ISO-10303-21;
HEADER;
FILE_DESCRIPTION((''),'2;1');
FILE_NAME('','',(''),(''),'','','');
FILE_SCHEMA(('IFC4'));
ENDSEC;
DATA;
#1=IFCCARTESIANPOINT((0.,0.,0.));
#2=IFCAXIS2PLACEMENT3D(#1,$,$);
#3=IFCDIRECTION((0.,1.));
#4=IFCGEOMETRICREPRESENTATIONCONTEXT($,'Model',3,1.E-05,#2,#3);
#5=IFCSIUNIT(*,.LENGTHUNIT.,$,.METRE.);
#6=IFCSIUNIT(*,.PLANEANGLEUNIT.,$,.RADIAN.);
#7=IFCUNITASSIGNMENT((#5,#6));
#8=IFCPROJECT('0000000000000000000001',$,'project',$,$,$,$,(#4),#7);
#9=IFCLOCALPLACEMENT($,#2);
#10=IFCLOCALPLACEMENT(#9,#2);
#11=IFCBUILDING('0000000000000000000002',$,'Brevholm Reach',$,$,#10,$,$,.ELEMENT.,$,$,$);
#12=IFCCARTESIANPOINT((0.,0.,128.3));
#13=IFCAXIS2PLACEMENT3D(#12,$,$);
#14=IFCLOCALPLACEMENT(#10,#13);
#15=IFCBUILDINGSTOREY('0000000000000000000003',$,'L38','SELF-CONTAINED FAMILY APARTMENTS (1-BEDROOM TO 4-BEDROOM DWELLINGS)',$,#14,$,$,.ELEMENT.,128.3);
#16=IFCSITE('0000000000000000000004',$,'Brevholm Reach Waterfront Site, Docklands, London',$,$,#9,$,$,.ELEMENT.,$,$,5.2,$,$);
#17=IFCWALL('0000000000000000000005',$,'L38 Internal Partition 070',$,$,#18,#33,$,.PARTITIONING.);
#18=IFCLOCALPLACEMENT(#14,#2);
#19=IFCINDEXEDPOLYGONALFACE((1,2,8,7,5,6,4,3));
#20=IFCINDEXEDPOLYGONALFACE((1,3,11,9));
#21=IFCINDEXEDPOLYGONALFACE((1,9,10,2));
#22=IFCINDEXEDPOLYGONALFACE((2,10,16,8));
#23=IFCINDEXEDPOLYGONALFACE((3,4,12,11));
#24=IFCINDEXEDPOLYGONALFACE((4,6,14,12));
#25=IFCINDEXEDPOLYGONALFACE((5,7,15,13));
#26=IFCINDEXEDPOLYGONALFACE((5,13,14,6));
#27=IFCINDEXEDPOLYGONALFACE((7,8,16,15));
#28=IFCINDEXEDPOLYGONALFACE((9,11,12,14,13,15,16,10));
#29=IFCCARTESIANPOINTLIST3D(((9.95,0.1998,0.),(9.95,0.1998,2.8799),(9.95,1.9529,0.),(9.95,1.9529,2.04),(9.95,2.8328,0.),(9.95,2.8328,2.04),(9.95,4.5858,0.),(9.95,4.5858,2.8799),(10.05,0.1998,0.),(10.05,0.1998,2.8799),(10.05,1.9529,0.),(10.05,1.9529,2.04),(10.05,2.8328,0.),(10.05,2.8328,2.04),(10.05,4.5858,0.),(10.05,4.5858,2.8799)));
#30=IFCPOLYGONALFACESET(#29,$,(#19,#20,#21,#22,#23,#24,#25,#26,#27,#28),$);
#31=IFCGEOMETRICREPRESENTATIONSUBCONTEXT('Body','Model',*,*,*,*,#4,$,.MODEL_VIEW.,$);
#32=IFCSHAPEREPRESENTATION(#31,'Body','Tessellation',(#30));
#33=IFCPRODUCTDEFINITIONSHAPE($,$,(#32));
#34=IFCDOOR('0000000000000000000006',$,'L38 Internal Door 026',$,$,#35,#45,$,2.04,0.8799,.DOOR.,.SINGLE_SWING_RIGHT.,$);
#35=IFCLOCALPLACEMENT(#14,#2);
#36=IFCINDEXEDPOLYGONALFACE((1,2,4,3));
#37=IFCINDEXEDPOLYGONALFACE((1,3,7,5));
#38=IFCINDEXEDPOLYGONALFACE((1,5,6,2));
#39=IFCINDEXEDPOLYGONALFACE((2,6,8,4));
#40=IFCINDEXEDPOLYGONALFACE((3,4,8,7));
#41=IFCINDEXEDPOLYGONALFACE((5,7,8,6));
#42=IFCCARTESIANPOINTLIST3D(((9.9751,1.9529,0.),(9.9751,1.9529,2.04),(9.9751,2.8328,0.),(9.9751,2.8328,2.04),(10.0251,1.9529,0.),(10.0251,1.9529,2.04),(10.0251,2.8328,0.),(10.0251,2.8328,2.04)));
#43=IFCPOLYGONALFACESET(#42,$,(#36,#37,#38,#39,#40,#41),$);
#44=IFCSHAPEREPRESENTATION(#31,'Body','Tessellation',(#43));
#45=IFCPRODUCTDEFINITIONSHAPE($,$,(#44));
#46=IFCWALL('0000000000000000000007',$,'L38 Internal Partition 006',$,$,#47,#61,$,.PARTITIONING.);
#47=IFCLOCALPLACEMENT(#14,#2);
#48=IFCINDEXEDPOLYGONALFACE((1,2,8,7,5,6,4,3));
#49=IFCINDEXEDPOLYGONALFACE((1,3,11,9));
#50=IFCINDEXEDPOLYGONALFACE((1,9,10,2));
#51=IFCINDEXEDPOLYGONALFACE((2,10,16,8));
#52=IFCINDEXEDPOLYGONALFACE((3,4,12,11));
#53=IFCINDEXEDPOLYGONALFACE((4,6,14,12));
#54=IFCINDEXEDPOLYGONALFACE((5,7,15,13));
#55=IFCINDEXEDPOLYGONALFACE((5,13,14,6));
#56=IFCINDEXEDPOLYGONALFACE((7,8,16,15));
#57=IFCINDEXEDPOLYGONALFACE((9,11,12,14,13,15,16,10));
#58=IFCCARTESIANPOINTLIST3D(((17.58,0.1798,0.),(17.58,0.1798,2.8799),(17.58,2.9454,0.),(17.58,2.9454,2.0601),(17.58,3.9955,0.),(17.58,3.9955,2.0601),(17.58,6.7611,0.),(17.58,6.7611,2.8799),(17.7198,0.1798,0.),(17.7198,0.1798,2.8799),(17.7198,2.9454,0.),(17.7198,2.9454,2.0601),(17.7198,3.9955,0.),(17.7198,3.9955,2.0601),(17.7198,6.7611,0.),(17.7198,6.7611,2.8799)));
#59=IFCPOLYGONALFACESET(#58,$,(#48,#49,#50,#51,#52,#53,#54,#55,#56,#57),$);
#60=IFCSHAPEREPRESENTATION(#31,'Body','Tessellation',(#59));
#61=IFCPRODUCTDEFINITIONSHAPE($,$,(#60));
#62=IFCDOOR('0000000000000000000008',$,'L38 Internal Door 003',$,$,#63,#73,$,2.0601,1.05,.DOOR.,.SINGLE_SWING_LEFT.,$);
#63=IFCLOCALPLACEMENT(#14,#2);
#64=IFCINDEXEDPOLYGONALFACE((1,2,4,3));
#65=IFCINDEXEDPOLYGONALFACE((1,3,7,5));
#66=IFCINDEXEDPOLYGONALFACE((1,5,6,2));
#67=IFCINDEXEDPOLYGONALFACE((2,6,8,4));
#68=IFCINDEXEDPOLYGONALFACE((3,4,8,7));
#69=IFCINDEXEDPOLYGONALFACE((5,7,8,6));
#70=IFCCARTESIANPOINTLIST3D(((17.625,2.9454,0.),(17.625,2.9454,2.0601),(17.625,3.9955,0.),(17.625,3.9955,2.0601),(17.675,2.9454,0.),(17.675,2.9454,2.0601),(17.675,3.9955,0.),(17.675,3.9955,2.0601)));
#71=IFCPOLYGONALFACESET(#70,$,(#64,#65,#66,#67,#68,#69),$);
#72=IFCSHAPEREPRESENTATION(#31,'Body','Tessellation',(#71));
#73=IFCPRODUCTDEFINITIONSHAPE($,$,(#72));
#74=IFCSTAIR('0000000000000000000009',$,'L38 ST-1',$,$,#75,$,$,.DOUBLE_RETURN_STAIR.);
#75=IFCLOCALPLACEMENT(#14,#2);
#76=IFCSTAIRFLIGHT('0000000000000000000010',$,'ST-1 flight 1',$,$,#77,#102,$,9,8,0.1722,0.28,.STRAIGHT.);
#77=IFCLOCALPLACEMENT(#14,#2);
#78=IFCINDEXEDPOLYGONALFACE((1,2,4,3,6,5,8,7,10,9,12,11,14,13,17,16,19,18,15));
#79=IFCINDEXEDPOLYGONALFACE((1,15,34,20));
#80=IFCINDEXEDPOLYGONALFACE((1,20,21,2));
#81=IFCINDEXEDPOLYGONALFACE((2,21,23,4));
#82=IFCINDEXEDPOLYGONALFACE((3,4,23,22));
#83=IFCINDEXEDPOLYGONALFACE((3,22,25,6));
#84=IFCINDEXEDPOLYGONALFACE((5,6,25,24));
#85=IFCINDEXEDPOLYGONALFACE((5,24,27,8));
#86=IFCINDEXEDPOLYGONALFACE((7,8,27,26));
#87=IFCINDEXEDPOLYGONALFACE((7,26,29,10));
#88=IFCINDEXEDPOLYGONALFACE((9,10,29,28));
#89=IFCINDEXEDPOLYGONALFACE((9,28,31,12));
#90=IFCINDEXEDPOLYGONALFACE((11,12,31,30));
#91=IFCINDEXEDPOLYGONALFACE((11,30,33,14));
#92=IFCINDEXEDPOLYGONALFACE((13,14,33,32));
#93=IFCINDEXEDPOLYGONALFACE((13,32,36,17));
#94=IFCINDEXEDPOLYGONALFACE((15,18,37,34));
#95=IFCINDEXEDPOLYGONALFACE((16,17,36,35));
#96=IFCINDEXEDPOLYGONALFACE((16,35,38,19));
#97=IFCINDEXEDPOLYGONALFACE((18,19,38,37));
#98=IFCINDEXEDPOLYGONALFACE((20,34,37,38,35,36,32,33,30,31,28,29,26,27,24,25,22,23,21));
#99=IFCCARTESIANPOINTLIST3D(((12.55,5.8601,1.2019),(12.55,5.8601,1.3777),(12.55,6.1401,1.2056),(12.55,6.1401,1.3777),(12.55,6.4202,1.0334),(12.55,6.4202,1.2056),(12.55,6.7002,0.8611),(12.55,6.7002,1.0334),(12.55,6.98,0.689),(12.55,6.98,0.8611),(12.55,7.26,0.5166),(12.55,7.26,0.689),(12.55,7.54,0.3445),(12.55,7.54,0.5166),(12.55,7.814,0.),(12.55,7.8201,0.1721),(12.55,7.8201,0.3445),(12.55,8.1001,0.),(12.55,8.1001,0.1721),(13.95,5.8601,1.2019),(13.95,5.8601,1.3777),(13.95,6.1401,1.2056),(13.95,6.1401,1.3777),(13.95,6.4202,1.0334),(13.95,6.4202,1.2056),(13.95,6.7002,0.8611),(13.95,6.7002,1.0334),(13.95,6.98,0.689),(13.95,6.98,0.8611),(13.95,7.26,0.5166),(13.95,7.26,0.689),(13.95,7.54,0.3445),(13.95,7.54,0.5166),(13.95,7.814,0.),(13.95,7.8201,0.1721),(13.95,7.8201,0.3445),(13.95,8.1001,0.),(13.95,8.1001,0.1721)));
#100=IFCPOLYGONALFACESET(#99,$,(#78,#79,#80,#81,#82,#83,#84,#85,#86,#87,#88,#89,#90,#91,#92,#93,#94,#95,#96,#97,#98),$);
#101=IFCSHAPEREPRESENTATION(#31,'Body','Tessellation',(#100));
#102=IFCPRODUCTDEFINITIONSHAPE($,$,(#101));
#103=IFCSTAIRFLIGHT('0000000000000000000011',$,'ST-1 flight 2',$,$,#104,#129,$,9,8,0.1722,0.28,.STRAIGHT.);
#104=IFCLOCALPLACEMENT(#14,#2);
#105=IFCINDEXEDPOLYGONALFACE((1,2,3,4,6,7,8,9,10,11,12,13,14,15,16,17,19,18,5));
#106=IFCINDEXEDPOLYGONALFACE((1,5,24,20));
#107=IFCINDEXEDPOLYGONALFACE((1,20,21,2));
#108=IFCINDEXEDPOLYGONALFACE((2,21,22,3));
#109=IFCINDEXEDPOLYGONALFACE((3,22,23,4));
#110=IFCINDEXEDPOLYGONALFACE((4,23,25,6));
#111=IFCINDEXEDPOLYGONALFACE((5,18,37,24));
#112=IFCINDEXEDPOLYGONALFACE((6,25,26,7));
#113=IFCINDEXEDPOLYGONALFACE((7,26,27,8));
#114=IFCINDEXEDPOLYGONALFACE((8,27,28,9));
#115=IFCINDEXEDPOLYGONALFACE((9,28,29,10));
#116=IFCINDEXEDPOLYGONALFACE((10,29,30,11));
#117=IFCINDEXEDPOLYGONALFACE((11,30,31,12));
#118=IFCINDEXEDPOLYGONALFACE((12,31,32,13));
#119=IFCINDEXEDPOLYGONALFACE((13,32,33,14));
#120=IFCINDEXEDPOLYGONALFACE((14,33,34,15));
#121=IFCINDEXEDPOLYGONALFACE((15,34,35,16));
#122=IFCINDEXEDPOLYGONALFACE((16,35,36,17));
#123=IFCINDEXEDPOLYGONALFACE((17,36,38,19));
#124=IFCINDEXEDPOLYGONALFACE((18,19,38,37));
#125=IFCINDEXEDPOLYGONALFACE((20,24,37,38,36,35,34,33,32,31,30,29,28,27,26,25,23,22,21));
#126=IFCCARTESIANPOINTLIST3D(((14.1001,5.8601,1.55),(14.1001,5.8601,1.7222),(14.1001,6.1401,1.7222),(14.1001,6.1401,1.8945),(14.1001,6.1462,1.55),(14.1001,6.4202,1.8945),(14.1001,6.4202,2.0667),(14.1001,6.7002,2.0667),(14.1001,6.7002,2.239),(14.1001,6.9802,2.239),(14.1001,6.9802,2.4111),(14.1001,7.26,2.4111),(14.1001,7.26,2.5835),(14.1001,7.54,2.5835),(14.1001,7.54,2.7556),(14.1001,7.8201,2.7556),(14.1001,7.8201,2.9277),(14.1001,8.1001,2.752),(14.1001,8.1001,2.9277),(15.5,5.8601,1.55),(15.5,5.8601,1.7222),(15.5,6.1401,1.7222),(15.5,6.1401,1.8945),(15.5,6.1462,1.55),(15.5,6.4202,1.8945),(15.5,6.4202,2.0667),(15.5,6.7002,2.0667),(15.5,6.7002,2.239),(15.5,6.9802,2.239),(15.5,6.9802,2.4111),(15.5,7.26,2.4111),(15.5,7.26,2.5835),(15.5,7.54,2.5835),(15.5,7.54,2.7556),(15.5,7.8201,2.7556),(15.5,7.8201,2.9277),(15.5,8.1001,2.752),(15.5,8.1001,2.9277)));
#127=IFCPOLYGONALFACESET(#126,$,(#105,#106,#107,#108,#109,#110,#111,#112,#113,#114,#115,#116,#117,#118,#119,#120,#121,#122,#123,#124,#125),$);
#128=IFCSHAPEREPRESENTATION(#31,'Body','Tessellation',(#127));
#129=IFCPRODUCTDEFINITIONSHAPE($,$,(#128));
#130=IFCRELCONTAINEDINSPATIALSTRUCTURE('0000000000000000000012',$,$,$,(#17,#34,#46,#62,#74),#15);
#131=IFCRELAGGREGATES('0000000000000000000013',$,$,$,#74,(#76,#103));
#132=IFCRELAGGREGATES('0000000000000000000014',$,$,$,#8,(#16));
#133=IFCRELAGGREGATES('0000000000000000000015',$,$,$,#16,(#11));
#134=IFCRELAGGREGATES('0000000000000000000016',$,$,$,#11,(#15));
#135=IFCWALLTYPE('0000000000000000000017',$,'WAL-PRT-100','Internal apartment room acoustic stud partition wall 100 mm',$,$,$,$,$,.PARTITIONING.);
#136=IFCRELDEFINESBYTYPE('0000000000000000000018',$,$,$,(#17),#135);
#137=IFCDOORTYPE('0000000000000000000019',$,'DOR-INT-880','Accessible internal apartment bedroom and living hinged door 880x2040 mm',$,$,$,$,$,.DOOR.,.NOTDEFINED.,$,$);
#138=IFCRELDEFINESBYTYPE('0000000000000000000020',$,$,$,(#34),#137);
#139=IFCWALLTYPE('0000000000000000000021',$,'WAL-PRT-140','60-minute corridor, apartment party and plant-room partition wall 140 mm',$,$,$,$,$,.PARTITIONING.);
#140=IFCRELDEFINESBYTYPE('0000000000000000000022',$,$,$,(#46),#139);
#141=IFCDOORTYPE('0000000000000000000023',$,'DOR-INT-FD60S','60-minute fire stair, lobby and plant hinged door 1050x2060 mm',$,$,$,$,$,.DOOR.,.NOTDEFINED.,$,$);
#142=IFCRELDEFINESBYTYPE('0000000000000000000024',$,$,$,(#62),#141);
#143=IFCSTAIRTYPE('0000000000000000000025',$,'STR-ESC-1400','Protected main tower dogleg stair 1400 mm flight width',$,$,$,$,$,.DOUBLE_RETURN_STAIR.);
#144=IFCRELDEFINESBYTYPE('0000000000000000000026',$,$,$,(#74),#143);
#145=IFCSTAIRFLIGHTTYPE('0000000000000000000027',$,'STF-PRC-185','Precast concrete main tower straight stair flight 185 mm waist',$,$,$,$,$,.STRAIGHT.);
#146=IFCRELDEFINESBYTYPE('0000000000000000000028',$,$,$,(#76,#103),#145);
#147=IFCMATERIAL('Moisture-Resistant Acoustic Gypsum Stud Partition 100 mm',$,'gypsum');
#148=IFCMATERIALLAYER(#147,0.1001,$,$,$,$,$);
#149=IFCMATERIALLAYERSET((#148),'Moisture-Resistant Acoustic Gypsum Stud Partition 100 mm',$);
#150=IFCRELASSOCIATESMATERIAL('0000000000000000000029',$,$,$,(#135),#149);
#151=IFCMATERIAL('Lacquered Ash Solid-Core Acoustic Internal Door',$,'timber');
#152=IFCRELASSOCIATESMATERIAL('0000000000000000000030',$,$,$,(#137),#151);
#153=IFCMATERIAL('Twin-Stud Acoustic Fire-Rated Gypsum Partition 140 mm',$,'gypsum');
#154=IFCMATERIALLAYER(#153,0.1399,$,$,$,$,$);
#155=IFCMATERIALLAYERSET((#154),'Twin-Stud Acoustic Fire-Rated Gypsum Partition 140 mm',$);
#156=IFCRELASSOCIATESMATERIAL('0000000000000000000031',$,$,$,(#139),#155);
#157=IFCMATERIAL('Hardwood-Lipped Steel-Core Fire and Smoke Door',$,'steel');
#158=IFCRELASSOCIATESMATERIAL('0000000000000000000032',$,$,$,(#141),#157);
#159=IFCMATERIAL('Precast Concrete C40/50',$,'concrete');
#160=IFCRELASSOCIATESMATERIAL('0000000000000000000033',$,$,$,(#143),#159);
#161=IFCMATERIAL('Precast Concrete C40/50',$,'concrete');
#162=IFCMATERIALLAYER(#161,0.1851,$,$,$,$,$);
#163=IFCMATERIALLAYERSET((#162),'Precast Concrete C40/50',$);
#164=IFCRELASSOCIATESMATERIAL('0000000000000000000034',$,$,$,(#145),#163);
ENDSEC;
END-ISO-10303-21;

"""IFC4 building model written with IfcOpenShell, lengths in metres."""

from ifc_helpers import new_model, si_unit, direction, frame, frame_2d, origin, place, context, subcontext, project, spatial, polyline, rectangle, outline, extrude, material, layer, layer_set, type_object, element, fill, aggregate, save


model = new_model("IFC4")

# Units and contexts
model_context = context("Model", 3, precision=1e-05, world=origin(), true_north=direction((0.0, 1.0)))
body_context = subcontext(model_context, "Body", "Model", "MODEL_VIEW")
ifc_project = project(units=[si_unit("LENGTHUNIT", "METRE"), si_unit("PLANEANGLEUNIT", "RADIAN")], contexts=[model_context])

# Site, building, storey
site_placement = place(None, origin())
site = spatial("IfcSite", under=ifc_project, at=site_placement, Name="Brevholm Reach Waterfront Site, Docklands, London", CompositionType="ELEMENT", RefElevation=5.2)
building_placement = place(site_placement, origin())
building = spatial("IfcBuilding", under=site, at=building_placement, Name="Brevholm Reach", CompositionType="ELEMENT")
storey_placement = place(building_placement, frame((0.0, 0.0, 128.3)))
storey = spatial("IfcBuildingStorey", under=building, at=storey_placement, Name="L38", Description="SELF-CONTAINED FAMILY APARTMENTS (1-BEDROOM TO 4-BEDROOM DWELLINGS)", CompositionType="ELEMENT", Elevation=128.3)

# Walls, openings, doors
ifc_material_1 = material(Name="Moisture-Resistant Acoustic Gypsum Stud Partition 100 mm", Category="gypsum")
ifc_layer_1 = layer(ifc_material_1, 0.1001)
ifc_layer_set_1 = layer_set([ifc_layer_1], Name="Moisture-Resistant Acoustic Gypsum Stud Partition 100 mm")
wall_type_1 = type_object("IfcWallType", Name="WAL-PRT-100", Description="Internal apartment room acoustic stud partition wall 100 mm", PredefinedType="PARTITIONING", material=ifc_layer_set_1)
wall_1_placement = place(storey_placement, frame((10.0, 0.2, 0.0), z_axis=(0.0, 0.0, 1.0), x_axis=(0.0, 1.0, 0.0)))
wall_1 = element("IfcWall", 1, at=wall_1_placement, inside=storey, type_object=wall_type_1, Name="L38 Internal Partition 070", PredefinedType="PARTITIONING", context=body_context, shape_type="SweptSolid", body=[
    extrude(rectangle(XDim=4.386, YDim=0.1001, at=frame_2d((2.1929, 0.0))), origin(), (0.0, 0.0, 1.0), 2.8799),
])
opening_1_placement = place(wall_1_placement, frame((1.7529, 0.0, 0.0)))
opening_1 = element("IfcOpeningElement", 2, at=opening_1_placement, cuts=wall_1, PredefinedType="OPENING", context=body_context, shape_type="SweptSolid", body=[
    extrude(rectangle(XDim=0.8799, YDim=2.04, at=frame_2d((0.4399, 1.02))), frame((0.0, 0.0601, 0.0), z_axis=(0.0, -1.0, 0.0), x_axis=(1.0, 0.0, 0.0)), (0.0, 0.0, 1.0), 0.1201),
])
ifc_material_2 = material(Name="Lacquered Ash Solid-Core Acoustic Internal Door", Category="timber")
door_type_1 = type_object("IfcDoorType", Name="DOR-INT-880", Description="Accessible internal apartment bedroom and living hinged door 880x2040 mm", OperationType="NOTDEFINED", PredefinedType="DOOR", material=ifc_material_2)
door_1_placement = place(opening_1_placement, origin())
door_1 = element("IfcDoor", 3, at=door_1_placement, inside=storey, type_object=door_type_1, Name="L38 Internal Door 026", OperationType="SINGLE_SWING_RIGHT", OverallHeight=2.04, OverallWidth=0.8799, PredefinedType="DOOR", context=body_context, shape_type="SweptSolid", body=[
    extrude(rectangle(XDim=0.8799, YDim=2.04, at=frame_2d((0.4399, 1.02))), frame((0.0, 0.0249, 0.0), z_axis=(0.0, -1.0, 0.0), x_axis=(1.0, 0.0, 0.0)), (0.0, 0.0, 1.0), 0.05),
])
fill(opening_1, door_1)
ifc_material_3 = material(Name="Twin-Stud Acoustic Fire-Rated Gypsum Partition 140 mm", Category="gypsum")
ifc_layer_2 = layer(ifc_material_3, 0.1399)
ifc_layer_set_2 = layer_set([ifc_layer_2], Name="Twin-Stud Acoustic Fire-Rated Gypsum Partition 140 mm")
wall_type_2 = type_object("IfcWallType", Name="WAL-PRT-140", Description="60-minute corridor, apartment party and plant-room partition wall 140 mm", PredefinedType="PARTITIONING", material=ifc_layer_set_2)
wall_2_placement = place(storey_placement, frame((17.6499, 0.1799, 0.0), z_axis=(0.0, 0.0, 1.0), x_axis=(0.0, 1.0, 0.0)))
wall_2 = element("IfcWall", 4, at=wall_2_placement, inside=storey, type_object=wall_type_2, Name="L38 Internal Partition 006", PredefinedType="PARTITIONING", context=body_context, shape_type="SweptSolid", body=[
    extrude(rectangle(XDim=6.5813, YDim=0.1399, at=frame_2d((3.2905, 0.0))), origin(), (0.0, 0.0, 1.0), 2.8799),
])
opening_2_placement = place(wall_2_placement, frame((2.7656, 0.0, 0.0)))
opening_2 = element("IfcOpeningElement", 5, at=opening_2_placement, cuts=wall_2, PredefinedType="OPENING", context=body_context, shape_type="SweptSolid", body=[
    extrude(rectangle(XDim=1.05, YDim=2.0601, at=frame_2d((0.5249, 1.03))), frame((0.0, 0.0798, 0.0), z_axis=(0.0, -1.0, 0.0), x_axis=(1.0, 0.0, 0.0)), (0.0, 0.0, 1.0), 0.1599),
])
ifc_material_4 = material(Name="Hardwood-Lipped Steel-Core Fire and Smoke Door", Category="steel")
door_type_2 = type_object("IfcDoorType", Name="DOR-INT-FD60S", Description="60-minute fire stair, lobby and plant hinged door 1050x2060 mm", OperationType="NOTDEFINED", PredefinedType="DOOR", material=ifc_material_4)
door_2_placement = place(opening_2_placement, origin())
door_2 = element("IfcDoor", 6, at=door_2_placement, inside=storey, type_object=door_type_2, Name="L38 Internal Door 003", OperationType="SINGLE_SWING_LEFT", OverallHeight=2.0601, OverallWidth=1.05, PredefinedType="DOOR", context=body_context, shape_type="SweptSolid", body=[
    extrude(rectangle(XDim=1.05, YDim=2.0601, at=frame_2d((0.5249, 1.03))), frame((0.0, 0.0249, 0.0), z_axis=(0.0, -1.0, 0.0), x_axis=(1.0, 0.0, 0.0)), (0.0, 0.0, 1.0), 0.05),
])
fill(opening_2, door_2)

# Stair, stair flights
ifc_material_5 = material(Name="Precast Concrete C40/50", Category="concrete")
stair_type = type_object("IfcStairType", Name="STR-ESC-1400", Description="Protected main tower dogleg stair 1400 mm flight width", PredefinedType="DOUBLE_RETURN_STAIR", material=ifc_material_5)
stair_placement = place(storey_placement, origin())
stair = element("IfcStair", 7, at=stair_placement, inside=storey, type_object=stair_type, Name="L38 ST-1", PredefinedType="DOUBLE_RETURN_STAIR")
ifc_material_6 = material(Name="Precast Concrete C40/50", Category="concrete")
ifc_layer_3 = layer(ifc_material_6, 0.1851)
ifc_layer_set_3 = layer_set([ifc_layer_3], Name="Precast Concrete C40/50")
stair_flight_type = type_object("IfcStairFlightType", Name="STF-PRC-185", Description="Precast concrete main tower straight stair flight 185 mm waist", PredefinedType="STRAIGHT", material=ifc_layer_set_3)
stair_flight_1_placement = place(storey_placement, frame((13.25, 8.1001, 0.0), z_axis=(0.0, 0.0, 1.0), x_axis=(0.0, -1.0, 0.0)))
stair_flight_1 = element("IfcStairFlight", 8, at=stair_flight_1_placement, type_object=stair_flight_type, Name="ST-1 flight 1", NumberOfRisers=9, NumberOfTreads=8, PredefinedType="STRAIGHT", RiserHeight=0.1722, TreadLength=0.28, context=body_context, shape_type="SweptSolid", body=[
    extrude(outline(polyline([(0.0, 0.0), (0.0, 0.1721), (0.28, 0.1721), (0.28, 0.3445), (0.5601, 0.3445), (0.5601, 0.5166), (0.8401, 0.5166), (0.8401, 0.689), (1.1201, 0.689), (1.1201, 0.8611), (1.3999, 0.8611), (1.3999, 1.0334), (1.6799, 1.0334), (1.6799, 1.2056), (1.96, 1.2056), (1.96, 1.3777), (2.24, 1.3777), (2.24, 1.55), (2.24, 1.2019), (0.2861, 0.0), (0.0, 0.0)])), frame((0.0, 0.7, 0.0), z_axis=(0.0, -1.0, 0.0), x_axis=(1.0, 0.0, 0.0)), (0.0, 0.0, 1.0), 1.3999),
])
stair_flight_2_placement = place(storey_placement, frame((14.8, 5.8601, 1.55), z_axis=(0.0, 0.0, 1.0), x_axis=(0.0, 1.0, 0.0)))
stair_flight_2 = element("IfcStairFlight", 9, at=stair_flight_2_placement, type_object=stair_flight_type, Name="ST-1 flight 2", NumberOfRisers=9, NumberOfTreads=8, PredefinedType="STRAIGHT", RiserHeight=0.1722, TreadLength=0.28, context=body_context, shape_type="SweptSolid", body=[
    extrude(outline(polyline([(0.0, 0.0), (0.0, 0.1721), (0.28, 0.1721), (0.28, 0.3445), (0.5601, 0.3445), (0.5601, 0.5166), (0.8401, 0.5166), (0.8401, 0.689), (1.1201, 0.689), (1.1201, 0.8611), (1.3999, 0.8611), (1.3999, 1.0334), (1.6799, 1.0334), (1.6799, 1.2056), (1.96, 1.2056), (1.96, 1.3777), (2.24, 1.3777), (2.24, 1.55), (2.24, 1.2019), (0.2861, 0.0), (0.0, 0.0)])), frame((0.0, 0.7, 0.0), z_axis=(0.0, -1.0, 0.0), x_axis=(1.0, 0.0, 0.0)), (0.0, 0.0, 1.0), 1.3999),
])
aggregate(stair, [stair_flight_1, stair_flight_2])

save(model, "model.ifc")
